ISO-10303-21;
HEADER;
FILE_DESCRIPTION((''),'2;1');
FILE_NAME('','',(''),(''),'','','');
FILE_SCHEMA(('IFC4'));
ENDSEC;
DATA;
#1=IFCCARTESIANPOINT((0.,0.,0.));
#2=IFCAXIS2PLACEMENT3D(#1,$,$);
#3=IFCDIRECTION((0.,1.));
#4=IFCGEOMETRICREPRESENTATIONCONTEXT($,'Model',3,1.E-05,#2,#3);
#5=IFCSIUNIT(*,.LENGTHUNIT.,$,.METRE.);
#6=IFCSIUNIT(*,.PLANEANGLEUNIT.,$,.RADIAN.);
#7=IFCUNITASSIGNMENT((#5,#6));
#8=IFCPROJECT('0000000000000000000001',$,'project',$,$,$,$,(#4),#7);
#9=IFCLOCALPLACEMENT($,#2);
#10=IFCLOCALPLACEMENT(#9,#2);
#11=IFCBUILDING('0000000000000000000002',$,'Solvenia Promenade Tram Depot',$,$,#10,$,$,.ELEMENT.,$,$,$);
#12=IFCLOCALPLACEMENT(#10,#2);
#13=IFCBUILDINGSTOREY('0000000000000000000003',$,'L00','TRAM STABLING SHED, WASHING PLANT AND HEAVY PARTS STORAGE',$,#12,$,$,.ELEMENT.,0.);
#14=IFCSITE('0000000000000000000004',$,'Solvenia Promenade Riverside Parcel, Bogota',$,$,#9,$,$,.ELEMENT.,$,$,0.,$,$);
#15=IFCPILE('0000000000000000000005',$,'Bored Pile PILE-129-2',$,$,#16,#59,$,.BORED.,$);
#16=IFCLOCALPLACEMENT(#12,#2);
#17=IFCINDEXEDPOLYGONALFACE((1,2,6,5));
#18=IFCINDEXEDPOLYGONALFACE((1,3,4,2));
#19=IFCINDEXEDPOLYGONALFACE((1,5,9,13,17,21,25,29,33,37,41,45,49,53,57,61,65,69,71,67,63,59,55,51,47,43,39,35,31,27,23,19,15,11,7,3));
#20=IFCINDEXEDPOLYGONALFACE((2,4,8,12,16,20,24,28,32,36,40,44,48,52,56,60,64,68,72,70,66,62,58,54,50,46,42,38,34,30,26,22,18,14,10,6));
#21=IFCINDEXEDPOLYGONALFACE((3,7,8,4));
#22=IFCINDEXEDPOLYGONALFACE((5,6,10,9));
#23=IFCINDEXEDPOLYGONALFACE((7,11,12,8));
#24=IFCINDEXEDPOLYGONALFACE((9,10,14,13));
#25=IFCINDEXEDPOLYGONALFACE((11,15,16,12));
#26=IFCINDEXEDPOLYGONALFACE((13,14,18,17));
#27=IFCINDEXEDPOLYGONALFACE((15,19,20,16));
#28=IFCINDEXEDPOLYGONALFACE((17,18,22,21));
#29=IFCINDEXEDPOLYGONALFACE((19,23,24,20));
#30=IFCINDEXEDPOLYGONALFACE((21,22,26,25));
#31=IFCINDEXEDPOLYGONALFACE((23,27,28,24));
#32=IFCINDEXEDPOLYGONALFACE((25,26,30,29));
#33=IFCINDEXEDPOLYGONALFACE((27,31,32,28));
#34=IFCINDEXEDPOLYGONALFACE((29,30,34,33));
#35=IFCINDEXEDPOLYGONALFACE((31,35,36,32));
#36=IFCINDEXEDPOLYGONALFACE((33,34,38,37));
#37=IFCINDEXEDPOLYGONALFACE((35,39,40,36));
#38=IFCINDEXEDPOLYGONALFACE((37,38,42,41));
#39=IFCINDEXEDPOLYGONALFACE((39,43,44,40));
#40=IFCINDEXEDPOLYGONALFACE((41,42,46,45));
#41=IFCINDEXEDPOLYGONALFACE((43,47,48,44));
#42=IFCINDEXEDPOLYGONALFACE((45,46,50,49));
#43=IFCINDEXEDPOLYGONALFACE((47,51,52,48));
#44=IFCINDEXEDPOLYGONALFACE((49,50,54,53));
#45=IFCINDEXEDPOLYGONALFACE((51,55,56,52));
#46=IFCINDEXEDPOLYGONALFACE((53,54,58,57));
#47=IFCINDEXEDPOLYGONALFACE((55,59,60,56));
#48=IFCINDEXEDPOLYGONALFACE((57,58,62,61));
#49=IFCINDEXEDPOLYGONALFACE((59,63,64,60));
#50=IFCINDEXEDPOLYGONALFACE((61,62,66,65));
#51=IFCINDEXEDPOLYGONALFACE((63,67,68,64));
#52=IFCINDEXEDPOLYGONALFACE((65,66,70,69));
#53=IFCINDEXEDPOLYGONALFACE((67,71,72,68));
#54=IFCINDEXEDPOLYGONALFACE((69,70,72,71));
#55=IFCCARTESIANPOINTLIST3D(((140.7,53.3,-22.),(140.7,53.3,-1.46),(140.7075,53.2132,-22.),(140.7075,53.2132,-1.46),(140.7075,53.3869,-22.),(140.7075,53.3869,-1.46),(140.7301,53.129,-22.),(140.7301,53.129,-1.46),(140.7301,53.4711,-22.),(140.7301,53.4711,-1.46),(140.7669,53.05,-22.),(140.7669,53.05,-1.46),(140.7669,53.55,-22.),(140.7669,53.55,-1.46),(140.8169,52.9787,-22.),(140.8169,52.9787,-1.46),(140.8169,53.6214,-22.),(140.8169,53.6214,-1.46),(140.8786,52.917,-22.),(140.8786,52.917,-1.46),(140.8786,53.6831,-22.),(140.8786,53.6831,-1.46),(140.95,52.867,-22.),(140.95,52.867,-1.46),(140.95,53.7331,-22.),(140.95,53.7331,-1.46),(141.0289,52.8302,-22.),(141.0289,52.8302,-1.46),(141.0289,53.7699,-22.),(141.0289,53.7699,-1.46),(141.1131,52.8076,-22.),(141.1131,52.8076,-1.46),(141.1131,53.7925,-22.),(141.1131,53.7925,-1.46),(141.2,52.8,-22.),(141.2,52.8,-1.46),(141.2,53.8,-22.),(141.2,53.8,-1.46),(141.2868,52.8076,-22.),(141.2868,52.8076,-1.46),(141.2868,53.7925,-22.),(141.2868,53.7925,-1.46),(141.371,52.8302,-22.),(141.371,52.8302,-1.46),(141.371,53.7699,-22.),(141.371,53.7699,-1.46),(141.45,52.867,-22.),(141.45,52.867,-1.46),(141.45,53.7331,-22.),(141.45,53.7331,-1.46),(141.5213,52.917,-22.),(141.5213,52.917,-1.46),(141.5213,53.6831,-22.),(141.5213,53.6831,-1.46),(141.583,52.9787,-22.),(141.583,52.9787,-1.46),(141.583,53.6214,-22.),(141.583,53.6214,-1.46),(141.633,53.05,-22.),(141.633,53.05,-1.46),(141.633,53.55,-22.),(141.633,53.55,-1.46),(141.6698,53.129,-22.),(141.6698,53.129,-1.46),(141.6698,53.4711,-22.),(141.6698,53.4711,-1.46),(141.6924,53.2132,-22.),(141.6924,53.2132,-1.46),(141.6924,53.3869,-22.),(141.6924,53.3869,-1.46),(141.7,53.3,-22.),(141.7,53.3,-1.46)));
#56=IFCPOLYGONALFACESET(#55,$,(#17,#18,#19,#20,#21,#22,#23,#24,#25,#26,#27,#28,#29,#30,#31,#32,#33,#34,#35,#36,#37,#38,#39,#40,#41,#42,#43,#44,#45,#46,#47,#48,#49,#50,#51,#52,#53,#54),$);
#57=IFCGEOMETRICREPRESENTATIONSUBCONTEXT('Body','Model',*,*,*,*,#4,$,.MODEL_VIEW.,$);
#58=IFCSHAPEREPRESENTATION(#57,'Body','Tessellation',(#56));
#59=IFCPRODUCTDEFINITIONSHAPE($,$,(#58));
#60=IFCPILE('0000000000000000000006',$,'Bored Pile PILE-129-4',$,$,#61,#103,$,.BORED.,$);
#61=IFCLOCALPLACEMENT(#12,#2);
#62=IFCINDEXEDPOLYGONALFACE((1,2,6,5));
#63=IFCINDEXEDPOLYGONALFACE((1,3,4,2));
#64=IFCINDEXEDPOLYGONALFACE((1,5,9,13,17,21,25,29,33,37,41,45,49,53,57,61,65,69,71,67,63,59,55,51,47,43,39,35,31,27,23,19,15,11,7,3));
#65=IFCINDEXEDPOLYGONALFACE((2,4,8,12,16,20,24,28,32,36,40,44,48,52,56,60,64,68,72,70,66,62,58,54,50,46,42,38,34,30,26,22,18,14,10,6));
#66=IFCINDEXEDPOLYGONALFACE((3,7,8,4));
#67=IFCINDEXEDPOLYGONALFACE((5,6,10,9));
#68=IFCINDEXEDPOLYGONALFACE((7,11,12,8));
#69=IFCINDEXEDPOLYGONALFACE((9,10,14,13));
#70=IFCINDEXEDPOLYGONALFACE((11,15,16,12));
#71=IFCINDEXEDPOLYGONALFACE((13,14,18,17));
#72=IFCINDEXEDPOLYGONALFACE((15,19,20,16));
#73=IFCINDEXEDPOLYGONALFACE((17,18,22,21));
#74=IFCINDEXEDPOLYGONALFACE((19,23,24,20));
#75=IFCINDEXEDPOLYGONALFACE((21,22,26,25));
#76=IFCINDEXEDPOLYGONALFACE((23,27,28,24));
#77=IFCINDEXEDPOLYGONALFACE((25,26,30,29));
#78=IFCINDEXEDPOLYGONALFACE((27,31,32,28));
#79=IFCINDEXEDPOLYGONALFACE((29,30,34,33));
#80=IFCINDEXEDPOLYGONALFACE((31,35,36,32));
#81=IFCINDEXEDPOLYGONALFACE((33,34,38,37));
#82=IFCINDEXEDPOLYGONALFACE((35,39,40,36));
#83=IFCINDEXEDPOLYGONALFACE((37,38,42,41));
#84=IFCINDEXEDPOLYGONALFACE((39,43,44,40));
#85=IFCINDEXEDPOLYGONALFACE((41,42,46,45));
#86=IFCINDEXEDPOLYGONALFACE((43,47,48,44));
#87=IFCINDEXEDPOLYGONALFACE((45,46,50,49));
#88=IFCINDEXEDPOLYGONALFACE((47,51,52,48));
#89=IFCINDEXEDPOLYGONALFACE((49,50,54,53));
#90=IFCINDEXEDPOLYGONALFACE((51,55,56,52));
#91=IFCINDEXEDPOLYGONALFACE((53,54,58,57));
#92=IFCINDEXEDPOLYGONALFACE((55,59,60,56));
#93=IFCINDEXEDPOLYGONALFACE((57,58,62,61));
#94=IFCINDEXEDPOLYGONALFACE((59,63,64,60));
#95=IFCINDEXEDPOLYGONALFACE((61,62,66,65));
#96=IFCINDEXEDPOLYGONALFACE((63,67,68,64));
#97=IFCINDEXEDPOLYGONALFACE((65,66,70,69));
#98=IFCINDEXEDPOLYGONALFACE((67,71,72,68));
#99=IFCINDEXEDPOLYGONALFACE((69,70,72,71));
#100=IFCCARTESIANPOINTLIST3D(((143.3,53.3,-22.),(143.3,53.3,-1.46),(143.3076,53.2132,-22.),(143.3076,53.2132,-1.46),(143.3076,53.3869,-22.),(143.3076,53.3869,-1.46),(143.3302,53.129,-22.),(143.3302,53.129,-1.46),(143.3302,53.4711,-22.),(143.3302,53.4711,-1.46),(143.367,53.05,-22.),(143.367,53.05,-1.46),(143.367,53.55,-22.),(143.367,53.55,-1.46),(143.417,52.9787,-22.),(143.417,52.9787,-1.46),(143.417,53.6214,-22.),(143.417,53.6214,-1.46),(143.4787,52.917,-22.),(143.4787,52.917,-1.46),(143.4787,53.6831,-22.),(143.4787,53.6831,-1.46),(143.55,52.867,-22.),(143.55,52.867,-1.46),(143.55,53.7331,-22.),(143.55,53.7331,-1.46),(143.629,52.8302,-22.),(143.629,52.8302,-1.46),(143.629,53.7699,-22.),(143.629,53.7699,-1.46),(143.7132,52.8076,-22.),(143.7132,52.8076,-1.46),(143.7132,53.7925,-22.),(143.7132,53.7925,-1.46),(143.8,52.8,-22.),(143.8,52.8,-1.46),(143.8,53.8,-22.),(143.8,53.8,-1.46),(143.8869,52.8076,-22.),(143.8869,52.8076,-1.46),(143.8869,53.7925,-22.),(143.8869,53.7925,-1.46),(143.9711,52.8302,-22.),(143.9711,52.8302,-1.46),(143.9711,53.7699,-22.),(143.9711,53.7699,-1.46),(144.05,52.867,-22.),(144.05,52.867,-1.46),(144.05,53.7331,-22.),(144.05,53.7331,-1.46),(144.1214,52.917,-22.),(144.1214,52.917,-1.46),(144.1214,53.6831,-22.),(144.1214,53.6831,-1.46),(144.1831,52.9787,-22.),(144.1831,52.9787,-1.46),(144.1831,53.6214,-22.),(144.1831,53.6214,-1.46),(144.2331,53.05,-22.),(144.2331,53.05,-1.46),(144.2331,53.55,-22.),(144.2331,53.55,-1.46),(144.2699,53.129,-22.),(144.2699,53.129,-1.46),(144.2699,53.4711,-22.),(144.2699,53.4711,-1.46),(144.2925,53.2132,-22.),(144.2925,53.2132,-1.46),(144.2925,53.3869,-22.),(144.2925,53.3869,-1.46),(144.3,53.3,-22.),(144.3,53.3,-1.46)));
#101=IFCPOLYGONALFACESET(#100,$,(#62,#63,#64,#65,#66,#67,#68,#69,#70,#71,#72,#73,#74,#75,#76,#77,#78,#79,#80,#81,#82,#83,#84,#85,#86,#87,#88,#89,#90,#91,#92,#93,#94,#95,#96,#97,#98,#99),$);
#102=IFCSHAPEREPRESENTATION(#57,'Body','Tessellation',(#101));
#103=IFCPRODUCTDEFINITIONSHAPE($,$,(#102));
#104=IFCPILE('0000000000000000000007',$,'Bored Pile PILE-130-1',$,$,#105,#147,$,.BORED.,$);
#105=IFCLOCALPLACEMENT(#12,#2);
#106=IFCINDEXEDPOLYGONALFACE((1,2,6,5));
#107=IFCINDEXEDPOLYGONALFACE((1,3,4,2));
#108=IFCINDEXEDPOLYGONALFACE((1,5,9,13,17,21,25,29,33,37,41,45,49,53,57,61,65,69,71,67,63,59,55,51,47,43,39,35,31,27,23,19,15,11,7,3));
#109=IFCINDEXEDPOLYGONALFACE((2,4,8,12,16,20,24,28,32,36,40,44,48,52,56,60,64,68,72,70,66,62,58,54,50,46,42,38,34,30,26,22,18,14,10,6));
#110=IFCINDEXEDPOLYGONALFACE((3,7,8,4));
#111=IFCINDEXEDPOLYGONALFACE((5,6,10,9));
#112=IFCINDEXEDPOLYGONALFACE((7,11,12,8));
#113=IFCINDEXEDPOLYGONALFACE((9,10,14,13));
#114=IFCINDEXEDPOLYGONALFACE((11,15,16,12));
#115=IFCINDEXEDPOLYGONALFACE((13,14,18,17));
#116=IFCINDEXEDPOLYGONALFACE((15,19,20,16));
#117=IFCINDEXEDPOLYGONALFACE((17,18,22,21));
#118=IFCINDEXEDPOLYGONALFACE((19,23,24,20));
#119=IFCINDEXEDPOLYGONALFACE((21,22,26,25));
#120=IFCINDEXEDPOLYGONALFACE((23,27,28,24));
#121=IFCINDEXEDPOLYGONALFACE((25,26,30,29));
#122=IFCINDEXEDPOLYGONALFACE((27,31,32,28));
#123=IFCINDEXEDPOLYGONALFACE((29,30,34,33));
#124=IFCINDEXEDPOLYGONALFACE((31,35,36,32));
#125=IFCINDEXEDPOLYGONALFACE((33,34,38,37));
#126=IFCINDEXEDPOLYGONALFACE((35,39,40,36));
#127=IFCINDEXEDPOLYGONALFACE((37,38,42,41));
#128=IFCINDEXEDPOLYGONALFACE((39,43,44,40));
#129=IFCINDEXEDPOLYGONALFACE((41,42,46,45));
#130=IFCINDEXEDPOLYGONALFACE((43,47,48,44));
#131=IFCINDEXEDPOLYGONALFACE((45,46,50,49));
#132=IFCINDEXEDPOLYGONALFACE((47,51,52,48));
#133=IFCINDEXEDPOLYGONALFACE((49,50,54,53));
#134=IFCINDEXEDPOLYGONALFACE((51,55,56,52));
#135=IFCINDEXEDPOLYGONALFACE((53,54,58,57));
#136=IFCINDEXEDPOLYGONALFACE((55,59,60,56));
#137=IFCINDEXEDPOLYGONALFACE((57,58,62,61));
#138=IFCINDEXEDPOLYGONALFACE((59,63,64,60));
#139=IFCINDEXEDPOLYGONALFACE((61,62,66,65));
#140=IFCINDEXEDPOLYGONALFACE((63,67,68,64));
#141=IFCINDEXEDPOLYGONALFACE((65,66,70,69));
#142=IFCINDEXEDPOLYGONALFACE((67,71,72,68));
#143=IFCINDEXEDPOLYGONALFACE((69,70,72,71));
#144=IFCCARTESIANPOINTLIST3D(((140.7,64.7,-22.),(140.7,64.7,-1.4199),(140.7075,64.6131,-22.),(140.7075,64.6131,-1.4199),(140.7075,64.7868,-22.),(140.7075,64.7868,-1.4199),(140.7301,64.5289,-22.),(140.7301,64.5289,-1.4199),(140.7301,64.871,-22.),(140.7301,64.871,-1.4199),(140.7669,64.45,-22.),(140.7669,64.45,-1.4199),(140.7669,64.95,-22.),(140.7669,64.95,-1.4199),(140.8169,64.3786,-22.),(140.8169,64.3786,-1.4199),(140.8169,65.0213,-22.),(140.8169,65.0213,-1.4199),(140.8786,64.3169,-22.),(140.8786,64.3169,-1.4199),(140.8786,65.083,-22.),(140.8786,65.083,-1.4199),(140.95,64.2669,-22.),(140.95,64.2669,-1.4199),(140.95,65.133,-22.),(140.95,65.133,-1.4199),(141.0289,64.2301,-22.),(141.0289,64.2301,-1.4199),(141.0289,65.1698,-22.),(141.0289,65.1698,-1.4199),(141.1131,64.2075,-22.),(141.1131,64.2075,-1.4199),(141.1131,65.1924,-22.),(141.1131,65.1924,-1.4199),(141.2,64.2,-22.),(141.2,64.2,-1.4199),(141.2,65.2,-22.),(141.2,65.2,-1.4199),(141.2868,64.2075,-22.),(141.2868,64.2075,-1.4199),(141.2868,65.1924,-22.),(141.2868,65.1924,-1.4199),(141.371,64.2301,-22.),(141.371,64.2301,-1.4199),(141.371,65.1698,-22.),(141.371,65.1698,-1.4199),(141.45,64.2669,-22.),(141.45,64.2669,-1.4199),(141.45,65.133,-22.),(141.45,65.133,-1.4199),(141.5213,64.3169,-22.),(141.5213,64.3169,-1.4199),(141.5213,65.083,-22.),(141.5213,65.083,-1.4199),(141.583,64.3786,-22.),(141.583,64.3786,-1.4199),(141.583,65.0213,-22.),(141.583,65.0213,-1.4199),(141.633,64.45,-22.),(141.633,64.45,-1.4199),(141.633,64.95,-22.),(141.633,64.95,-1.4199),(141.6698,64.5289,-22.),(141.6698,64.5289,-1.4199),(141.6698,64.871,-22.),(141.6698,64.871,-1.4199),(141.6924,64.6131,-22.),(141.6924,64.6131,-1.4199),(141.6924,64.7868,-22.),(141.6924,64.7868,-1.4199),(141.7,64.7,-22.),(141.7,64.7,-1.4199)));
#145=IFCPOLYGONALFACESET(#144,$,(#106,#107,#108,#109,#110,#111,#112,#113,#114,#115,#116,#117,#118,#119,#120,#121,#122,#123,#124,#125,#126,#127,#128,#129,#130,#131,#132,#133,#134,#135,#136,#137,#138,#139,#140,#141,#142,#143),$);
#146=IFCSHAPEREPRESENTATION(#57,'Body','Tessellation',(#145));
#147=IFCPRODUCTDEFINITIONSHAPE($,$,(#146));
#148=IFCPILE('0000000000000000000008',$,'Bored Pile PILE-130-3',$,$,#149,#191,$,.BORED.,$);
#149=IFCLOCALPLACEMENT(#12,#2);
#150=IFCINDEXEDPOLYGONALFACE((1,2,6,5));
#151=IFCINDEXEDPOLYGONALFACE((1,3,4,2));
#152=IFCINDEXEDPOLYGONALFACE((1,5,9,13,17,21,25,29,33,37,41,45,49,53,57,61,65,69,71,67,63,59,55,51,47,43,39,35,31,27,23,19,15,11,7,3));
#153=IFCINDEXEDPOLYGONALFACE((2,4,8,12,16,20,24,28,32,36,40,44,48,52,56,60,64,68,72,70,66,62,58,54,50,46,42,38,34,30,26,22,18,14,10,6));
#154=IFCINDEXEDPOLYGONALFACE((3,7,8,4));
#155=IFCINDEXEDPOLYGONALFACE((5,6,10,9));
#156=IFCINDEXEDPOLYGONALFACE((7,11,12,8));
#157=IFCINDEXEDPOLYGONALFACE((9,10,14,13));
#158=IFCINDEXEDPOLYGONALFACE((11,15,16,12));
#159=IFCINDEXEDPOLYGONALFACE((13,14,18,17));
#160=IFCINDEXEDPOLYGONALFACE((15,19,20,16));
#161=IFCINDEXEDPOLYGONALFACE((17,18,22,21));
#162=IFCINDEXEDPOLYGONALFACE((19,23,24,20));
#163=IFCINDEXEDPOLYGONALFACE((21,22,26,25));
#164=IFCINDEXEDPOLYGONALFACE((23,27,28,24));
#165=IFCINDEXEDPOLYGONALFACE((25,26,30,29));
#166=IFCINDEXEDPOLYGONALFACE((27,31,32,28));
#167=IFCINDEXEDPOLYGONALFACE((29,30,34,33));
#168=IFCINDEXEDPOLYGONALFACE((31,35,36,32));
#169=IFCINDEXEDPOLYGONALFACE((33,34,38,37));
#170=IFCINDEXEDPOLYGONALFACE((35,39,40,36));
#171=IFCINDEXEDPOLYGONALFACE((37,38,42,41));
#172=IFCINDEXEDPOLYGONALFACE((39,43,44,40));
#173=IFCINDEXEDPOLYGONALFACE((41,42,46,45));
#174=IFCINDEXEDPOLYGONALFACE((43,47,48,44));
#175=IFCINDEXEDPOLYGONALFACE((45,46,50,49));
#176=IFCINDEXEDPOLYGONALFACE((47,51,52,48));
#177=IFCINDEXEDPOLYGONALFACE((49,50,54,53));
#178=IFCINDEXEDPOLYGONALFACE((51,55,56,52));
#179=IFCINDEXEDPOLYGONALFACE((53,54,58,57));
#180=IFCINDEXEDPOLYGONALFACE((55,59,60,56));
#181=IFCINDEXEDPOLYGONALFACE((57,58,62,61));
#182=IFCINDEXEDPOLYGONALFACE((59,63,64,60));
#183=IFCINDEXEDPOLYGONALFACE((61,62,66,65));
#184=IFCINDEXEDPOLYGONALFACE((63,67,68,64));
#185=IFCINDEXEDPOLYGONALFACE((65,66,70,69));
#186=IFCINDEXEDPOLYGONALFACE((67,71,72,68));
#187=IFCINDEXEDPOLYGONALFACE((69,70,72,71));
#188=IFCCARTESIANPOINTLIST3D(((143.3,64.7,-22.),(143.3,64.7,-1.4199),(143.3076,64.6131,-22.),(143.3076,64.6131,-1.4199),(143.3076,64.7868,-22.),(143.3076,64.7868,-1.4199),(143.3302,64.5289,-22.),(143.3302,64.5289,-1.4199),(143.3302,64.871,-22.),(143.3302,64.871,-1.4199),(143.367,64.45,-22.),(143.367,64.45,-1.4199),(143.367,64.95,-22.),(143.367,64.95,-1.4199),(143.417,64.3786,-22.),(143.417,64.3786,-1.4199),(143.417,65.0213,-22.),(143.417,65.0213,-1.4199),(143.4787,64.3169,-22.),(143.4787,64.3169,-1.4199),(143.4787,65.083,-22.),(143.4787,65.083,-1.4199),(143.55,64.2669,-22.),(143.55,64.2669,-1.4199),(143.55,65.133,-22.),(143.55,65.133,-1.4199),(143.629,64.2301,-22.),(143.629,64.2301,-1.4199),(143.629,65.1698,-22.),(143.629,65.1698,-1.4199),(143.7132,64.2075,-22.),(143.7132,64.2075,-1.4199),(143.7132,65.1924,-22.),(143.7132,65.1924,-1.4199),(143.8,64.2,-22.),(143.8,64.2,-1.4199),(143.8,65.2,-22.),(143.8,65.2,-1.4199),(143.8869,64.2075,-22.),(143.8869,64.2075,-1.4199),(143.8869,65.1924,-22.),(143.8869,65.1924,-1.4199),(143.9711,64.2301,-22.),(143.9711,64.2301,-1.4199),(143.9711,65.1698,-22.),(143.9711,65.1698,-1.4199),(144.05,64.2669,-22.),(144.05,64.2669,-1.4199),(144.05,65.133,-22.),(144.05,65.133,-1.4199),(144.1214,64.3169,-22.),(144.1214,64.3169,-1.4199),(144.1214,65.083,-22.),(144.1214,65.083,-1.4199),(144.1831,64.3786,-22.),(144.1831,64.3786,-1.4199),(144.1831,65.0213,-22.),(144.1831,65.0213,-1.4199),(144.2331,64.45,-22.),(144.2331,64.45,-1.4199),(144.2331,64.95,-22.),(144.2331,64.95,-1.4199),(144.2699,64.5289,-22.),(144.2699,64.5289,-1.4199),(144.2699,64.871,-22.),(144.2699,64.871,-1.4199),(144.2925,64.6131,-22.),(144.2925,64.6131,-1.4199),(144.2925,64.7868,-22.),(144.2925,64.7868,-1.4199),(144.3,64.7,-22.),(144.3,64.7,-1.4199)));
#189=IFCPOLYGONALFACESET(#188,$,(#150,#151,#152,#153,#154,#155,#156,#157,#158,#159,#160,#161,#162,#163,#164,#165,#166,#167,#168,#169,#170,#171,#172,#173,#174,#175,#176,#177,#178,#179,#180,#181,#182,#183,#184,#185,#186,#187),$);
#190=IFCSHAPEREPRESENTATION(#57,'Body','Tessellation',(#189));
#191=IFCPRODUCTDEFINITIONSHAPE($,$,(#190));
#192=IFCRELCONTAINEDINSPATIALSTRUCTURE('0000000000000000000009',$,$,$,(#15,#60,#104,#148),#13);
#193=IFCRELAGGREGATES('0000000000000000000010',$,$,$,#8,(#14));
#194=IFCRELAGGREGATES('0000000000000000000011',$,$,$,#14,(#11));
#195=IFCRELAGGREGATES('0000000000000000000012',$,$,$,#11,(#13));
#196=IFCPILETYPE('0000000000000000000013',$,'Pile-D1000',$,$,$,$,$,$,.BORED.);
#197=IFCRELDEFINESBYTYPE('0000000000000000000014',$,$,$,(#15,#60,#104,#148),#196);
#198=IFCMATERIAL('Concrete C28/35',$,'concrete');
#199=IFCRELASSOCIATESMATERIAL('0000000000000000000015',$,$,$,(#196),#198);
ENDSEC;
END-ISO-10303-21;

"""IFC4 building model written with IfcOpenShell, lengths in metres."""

from ifc_helpers import new_model, si_unit, direction, frame, origin, origin_2d, place, context, subcontext, project, spatial, circle, extrude, material, material_profile, profile_set, type_object, element, save


model = new_model("IFC4")

# Units and contexts
model_context = context("Model", 3, precision=1e-05, world=origin(), true_north=direction((0.0, 1.0)))
body_context = subcontext(model_context, "Body", "Model", "MODEL_VIEW")
ifc_project = project(units=[si_unit("LENGTHUNIT", "METRE"), si_unit("PLANEANGLEUNIT", "RADIAN")], contexts=[model_context])

# Site, building, storey
site_placement = place(None, origin())
site = spatial("IfcSite", under=ifc_project, at=site_placement, Name="Solvenia Promenade Riverside Parcel, Bogota", CompositionType="ELEMENT", RefElevation=0.0)
building_placement = place(site_placement, origin())
building = spatial("IfcBuilding", under=site, at=building_placement, Name="Solvenia Promenade Tram Depot", CompositionType="ELEMENT")
storey_placement = place(building_placement, origin())
storey = spatial("IfcBuildingStorey", under=building, at=storey_placement, Name="L00", Description="TRAM STABLING SHED, WASHING PLANT AND HEAVY PARTS STORAGE", CompositionType="ELEMENT", Elevation=0.0)

# Shared definitions
ifc_material_1 = material(Name="Concrete C28/35", Category="concrete")

# Piles
ifc_material_profile_1 = material_profile(ifc_material_1, circle(Radius=0.5, at=origin_2d()), Name="D1000", Category="concrete")
ifc_profile_set_1 = profile_set([ifc_material_profile_1], Name="Concrete C28/35")
pile_type_1 = type_object("IfcPileType", Name="Pile-D1000", PredefinedType="BORED", material=ifc_profile_set_1)
for number, where, z_axis, x_axis, name in (
    (1, (141.2, 53.3, -1.46), (0.0, 0.0, -1.0), (1.0, 0.0, 0.0), "Bored Pile PILE-129-2"),
    (2, (143.8, 53.3, -1.46), (0.0, 0.0, -1.0), (1.0, 0.0, 0.0), "Bored Pile PILE-129-4"),
):
    element("IfcPile", number, at=place(storey_placement, frame(where, z_axis=z_axis, x_axis=x_axis)), inside=storey, type_object=pile_type_1, Name=name, PredefinedType="BORED", context=body_context, shape_type="SweptSolid", body=[
        extrude(circle(Radius=0.5, at=origin_2d()), origin(), (0.0, 0.0, 1.0), 20.54),
    ])
for number, where, z_axis, x_axis, name in (
    (3, (141.2, 64.7, -1.4199), (0.0, 0.0, -1.0), (1.0, 0.0, 0.0), "Bored Pile PILE-130-1"),
    (4, (143.8, 64.7, -1.4199), (0.0, 0.0, -1.0), (1.0, 0.0, 0.0), "Bored Pile PILE-130-3"),
):
    element("IfcPile", number, at=place(storey_placement, frame(where, z_axis=z_axis, x_axis=x_axis)), inside=storey, type_object=pile_type_1, Name=name, PredefinedType="BORED", context=body_context, shape_type="SweptSolid", body=[
        extrude(circle(Radius=0.5, at=origin_2d()), origin(), (0.0, 0.0, 1.0), 20.5801),
    ])

save(model, "model.ifc")
